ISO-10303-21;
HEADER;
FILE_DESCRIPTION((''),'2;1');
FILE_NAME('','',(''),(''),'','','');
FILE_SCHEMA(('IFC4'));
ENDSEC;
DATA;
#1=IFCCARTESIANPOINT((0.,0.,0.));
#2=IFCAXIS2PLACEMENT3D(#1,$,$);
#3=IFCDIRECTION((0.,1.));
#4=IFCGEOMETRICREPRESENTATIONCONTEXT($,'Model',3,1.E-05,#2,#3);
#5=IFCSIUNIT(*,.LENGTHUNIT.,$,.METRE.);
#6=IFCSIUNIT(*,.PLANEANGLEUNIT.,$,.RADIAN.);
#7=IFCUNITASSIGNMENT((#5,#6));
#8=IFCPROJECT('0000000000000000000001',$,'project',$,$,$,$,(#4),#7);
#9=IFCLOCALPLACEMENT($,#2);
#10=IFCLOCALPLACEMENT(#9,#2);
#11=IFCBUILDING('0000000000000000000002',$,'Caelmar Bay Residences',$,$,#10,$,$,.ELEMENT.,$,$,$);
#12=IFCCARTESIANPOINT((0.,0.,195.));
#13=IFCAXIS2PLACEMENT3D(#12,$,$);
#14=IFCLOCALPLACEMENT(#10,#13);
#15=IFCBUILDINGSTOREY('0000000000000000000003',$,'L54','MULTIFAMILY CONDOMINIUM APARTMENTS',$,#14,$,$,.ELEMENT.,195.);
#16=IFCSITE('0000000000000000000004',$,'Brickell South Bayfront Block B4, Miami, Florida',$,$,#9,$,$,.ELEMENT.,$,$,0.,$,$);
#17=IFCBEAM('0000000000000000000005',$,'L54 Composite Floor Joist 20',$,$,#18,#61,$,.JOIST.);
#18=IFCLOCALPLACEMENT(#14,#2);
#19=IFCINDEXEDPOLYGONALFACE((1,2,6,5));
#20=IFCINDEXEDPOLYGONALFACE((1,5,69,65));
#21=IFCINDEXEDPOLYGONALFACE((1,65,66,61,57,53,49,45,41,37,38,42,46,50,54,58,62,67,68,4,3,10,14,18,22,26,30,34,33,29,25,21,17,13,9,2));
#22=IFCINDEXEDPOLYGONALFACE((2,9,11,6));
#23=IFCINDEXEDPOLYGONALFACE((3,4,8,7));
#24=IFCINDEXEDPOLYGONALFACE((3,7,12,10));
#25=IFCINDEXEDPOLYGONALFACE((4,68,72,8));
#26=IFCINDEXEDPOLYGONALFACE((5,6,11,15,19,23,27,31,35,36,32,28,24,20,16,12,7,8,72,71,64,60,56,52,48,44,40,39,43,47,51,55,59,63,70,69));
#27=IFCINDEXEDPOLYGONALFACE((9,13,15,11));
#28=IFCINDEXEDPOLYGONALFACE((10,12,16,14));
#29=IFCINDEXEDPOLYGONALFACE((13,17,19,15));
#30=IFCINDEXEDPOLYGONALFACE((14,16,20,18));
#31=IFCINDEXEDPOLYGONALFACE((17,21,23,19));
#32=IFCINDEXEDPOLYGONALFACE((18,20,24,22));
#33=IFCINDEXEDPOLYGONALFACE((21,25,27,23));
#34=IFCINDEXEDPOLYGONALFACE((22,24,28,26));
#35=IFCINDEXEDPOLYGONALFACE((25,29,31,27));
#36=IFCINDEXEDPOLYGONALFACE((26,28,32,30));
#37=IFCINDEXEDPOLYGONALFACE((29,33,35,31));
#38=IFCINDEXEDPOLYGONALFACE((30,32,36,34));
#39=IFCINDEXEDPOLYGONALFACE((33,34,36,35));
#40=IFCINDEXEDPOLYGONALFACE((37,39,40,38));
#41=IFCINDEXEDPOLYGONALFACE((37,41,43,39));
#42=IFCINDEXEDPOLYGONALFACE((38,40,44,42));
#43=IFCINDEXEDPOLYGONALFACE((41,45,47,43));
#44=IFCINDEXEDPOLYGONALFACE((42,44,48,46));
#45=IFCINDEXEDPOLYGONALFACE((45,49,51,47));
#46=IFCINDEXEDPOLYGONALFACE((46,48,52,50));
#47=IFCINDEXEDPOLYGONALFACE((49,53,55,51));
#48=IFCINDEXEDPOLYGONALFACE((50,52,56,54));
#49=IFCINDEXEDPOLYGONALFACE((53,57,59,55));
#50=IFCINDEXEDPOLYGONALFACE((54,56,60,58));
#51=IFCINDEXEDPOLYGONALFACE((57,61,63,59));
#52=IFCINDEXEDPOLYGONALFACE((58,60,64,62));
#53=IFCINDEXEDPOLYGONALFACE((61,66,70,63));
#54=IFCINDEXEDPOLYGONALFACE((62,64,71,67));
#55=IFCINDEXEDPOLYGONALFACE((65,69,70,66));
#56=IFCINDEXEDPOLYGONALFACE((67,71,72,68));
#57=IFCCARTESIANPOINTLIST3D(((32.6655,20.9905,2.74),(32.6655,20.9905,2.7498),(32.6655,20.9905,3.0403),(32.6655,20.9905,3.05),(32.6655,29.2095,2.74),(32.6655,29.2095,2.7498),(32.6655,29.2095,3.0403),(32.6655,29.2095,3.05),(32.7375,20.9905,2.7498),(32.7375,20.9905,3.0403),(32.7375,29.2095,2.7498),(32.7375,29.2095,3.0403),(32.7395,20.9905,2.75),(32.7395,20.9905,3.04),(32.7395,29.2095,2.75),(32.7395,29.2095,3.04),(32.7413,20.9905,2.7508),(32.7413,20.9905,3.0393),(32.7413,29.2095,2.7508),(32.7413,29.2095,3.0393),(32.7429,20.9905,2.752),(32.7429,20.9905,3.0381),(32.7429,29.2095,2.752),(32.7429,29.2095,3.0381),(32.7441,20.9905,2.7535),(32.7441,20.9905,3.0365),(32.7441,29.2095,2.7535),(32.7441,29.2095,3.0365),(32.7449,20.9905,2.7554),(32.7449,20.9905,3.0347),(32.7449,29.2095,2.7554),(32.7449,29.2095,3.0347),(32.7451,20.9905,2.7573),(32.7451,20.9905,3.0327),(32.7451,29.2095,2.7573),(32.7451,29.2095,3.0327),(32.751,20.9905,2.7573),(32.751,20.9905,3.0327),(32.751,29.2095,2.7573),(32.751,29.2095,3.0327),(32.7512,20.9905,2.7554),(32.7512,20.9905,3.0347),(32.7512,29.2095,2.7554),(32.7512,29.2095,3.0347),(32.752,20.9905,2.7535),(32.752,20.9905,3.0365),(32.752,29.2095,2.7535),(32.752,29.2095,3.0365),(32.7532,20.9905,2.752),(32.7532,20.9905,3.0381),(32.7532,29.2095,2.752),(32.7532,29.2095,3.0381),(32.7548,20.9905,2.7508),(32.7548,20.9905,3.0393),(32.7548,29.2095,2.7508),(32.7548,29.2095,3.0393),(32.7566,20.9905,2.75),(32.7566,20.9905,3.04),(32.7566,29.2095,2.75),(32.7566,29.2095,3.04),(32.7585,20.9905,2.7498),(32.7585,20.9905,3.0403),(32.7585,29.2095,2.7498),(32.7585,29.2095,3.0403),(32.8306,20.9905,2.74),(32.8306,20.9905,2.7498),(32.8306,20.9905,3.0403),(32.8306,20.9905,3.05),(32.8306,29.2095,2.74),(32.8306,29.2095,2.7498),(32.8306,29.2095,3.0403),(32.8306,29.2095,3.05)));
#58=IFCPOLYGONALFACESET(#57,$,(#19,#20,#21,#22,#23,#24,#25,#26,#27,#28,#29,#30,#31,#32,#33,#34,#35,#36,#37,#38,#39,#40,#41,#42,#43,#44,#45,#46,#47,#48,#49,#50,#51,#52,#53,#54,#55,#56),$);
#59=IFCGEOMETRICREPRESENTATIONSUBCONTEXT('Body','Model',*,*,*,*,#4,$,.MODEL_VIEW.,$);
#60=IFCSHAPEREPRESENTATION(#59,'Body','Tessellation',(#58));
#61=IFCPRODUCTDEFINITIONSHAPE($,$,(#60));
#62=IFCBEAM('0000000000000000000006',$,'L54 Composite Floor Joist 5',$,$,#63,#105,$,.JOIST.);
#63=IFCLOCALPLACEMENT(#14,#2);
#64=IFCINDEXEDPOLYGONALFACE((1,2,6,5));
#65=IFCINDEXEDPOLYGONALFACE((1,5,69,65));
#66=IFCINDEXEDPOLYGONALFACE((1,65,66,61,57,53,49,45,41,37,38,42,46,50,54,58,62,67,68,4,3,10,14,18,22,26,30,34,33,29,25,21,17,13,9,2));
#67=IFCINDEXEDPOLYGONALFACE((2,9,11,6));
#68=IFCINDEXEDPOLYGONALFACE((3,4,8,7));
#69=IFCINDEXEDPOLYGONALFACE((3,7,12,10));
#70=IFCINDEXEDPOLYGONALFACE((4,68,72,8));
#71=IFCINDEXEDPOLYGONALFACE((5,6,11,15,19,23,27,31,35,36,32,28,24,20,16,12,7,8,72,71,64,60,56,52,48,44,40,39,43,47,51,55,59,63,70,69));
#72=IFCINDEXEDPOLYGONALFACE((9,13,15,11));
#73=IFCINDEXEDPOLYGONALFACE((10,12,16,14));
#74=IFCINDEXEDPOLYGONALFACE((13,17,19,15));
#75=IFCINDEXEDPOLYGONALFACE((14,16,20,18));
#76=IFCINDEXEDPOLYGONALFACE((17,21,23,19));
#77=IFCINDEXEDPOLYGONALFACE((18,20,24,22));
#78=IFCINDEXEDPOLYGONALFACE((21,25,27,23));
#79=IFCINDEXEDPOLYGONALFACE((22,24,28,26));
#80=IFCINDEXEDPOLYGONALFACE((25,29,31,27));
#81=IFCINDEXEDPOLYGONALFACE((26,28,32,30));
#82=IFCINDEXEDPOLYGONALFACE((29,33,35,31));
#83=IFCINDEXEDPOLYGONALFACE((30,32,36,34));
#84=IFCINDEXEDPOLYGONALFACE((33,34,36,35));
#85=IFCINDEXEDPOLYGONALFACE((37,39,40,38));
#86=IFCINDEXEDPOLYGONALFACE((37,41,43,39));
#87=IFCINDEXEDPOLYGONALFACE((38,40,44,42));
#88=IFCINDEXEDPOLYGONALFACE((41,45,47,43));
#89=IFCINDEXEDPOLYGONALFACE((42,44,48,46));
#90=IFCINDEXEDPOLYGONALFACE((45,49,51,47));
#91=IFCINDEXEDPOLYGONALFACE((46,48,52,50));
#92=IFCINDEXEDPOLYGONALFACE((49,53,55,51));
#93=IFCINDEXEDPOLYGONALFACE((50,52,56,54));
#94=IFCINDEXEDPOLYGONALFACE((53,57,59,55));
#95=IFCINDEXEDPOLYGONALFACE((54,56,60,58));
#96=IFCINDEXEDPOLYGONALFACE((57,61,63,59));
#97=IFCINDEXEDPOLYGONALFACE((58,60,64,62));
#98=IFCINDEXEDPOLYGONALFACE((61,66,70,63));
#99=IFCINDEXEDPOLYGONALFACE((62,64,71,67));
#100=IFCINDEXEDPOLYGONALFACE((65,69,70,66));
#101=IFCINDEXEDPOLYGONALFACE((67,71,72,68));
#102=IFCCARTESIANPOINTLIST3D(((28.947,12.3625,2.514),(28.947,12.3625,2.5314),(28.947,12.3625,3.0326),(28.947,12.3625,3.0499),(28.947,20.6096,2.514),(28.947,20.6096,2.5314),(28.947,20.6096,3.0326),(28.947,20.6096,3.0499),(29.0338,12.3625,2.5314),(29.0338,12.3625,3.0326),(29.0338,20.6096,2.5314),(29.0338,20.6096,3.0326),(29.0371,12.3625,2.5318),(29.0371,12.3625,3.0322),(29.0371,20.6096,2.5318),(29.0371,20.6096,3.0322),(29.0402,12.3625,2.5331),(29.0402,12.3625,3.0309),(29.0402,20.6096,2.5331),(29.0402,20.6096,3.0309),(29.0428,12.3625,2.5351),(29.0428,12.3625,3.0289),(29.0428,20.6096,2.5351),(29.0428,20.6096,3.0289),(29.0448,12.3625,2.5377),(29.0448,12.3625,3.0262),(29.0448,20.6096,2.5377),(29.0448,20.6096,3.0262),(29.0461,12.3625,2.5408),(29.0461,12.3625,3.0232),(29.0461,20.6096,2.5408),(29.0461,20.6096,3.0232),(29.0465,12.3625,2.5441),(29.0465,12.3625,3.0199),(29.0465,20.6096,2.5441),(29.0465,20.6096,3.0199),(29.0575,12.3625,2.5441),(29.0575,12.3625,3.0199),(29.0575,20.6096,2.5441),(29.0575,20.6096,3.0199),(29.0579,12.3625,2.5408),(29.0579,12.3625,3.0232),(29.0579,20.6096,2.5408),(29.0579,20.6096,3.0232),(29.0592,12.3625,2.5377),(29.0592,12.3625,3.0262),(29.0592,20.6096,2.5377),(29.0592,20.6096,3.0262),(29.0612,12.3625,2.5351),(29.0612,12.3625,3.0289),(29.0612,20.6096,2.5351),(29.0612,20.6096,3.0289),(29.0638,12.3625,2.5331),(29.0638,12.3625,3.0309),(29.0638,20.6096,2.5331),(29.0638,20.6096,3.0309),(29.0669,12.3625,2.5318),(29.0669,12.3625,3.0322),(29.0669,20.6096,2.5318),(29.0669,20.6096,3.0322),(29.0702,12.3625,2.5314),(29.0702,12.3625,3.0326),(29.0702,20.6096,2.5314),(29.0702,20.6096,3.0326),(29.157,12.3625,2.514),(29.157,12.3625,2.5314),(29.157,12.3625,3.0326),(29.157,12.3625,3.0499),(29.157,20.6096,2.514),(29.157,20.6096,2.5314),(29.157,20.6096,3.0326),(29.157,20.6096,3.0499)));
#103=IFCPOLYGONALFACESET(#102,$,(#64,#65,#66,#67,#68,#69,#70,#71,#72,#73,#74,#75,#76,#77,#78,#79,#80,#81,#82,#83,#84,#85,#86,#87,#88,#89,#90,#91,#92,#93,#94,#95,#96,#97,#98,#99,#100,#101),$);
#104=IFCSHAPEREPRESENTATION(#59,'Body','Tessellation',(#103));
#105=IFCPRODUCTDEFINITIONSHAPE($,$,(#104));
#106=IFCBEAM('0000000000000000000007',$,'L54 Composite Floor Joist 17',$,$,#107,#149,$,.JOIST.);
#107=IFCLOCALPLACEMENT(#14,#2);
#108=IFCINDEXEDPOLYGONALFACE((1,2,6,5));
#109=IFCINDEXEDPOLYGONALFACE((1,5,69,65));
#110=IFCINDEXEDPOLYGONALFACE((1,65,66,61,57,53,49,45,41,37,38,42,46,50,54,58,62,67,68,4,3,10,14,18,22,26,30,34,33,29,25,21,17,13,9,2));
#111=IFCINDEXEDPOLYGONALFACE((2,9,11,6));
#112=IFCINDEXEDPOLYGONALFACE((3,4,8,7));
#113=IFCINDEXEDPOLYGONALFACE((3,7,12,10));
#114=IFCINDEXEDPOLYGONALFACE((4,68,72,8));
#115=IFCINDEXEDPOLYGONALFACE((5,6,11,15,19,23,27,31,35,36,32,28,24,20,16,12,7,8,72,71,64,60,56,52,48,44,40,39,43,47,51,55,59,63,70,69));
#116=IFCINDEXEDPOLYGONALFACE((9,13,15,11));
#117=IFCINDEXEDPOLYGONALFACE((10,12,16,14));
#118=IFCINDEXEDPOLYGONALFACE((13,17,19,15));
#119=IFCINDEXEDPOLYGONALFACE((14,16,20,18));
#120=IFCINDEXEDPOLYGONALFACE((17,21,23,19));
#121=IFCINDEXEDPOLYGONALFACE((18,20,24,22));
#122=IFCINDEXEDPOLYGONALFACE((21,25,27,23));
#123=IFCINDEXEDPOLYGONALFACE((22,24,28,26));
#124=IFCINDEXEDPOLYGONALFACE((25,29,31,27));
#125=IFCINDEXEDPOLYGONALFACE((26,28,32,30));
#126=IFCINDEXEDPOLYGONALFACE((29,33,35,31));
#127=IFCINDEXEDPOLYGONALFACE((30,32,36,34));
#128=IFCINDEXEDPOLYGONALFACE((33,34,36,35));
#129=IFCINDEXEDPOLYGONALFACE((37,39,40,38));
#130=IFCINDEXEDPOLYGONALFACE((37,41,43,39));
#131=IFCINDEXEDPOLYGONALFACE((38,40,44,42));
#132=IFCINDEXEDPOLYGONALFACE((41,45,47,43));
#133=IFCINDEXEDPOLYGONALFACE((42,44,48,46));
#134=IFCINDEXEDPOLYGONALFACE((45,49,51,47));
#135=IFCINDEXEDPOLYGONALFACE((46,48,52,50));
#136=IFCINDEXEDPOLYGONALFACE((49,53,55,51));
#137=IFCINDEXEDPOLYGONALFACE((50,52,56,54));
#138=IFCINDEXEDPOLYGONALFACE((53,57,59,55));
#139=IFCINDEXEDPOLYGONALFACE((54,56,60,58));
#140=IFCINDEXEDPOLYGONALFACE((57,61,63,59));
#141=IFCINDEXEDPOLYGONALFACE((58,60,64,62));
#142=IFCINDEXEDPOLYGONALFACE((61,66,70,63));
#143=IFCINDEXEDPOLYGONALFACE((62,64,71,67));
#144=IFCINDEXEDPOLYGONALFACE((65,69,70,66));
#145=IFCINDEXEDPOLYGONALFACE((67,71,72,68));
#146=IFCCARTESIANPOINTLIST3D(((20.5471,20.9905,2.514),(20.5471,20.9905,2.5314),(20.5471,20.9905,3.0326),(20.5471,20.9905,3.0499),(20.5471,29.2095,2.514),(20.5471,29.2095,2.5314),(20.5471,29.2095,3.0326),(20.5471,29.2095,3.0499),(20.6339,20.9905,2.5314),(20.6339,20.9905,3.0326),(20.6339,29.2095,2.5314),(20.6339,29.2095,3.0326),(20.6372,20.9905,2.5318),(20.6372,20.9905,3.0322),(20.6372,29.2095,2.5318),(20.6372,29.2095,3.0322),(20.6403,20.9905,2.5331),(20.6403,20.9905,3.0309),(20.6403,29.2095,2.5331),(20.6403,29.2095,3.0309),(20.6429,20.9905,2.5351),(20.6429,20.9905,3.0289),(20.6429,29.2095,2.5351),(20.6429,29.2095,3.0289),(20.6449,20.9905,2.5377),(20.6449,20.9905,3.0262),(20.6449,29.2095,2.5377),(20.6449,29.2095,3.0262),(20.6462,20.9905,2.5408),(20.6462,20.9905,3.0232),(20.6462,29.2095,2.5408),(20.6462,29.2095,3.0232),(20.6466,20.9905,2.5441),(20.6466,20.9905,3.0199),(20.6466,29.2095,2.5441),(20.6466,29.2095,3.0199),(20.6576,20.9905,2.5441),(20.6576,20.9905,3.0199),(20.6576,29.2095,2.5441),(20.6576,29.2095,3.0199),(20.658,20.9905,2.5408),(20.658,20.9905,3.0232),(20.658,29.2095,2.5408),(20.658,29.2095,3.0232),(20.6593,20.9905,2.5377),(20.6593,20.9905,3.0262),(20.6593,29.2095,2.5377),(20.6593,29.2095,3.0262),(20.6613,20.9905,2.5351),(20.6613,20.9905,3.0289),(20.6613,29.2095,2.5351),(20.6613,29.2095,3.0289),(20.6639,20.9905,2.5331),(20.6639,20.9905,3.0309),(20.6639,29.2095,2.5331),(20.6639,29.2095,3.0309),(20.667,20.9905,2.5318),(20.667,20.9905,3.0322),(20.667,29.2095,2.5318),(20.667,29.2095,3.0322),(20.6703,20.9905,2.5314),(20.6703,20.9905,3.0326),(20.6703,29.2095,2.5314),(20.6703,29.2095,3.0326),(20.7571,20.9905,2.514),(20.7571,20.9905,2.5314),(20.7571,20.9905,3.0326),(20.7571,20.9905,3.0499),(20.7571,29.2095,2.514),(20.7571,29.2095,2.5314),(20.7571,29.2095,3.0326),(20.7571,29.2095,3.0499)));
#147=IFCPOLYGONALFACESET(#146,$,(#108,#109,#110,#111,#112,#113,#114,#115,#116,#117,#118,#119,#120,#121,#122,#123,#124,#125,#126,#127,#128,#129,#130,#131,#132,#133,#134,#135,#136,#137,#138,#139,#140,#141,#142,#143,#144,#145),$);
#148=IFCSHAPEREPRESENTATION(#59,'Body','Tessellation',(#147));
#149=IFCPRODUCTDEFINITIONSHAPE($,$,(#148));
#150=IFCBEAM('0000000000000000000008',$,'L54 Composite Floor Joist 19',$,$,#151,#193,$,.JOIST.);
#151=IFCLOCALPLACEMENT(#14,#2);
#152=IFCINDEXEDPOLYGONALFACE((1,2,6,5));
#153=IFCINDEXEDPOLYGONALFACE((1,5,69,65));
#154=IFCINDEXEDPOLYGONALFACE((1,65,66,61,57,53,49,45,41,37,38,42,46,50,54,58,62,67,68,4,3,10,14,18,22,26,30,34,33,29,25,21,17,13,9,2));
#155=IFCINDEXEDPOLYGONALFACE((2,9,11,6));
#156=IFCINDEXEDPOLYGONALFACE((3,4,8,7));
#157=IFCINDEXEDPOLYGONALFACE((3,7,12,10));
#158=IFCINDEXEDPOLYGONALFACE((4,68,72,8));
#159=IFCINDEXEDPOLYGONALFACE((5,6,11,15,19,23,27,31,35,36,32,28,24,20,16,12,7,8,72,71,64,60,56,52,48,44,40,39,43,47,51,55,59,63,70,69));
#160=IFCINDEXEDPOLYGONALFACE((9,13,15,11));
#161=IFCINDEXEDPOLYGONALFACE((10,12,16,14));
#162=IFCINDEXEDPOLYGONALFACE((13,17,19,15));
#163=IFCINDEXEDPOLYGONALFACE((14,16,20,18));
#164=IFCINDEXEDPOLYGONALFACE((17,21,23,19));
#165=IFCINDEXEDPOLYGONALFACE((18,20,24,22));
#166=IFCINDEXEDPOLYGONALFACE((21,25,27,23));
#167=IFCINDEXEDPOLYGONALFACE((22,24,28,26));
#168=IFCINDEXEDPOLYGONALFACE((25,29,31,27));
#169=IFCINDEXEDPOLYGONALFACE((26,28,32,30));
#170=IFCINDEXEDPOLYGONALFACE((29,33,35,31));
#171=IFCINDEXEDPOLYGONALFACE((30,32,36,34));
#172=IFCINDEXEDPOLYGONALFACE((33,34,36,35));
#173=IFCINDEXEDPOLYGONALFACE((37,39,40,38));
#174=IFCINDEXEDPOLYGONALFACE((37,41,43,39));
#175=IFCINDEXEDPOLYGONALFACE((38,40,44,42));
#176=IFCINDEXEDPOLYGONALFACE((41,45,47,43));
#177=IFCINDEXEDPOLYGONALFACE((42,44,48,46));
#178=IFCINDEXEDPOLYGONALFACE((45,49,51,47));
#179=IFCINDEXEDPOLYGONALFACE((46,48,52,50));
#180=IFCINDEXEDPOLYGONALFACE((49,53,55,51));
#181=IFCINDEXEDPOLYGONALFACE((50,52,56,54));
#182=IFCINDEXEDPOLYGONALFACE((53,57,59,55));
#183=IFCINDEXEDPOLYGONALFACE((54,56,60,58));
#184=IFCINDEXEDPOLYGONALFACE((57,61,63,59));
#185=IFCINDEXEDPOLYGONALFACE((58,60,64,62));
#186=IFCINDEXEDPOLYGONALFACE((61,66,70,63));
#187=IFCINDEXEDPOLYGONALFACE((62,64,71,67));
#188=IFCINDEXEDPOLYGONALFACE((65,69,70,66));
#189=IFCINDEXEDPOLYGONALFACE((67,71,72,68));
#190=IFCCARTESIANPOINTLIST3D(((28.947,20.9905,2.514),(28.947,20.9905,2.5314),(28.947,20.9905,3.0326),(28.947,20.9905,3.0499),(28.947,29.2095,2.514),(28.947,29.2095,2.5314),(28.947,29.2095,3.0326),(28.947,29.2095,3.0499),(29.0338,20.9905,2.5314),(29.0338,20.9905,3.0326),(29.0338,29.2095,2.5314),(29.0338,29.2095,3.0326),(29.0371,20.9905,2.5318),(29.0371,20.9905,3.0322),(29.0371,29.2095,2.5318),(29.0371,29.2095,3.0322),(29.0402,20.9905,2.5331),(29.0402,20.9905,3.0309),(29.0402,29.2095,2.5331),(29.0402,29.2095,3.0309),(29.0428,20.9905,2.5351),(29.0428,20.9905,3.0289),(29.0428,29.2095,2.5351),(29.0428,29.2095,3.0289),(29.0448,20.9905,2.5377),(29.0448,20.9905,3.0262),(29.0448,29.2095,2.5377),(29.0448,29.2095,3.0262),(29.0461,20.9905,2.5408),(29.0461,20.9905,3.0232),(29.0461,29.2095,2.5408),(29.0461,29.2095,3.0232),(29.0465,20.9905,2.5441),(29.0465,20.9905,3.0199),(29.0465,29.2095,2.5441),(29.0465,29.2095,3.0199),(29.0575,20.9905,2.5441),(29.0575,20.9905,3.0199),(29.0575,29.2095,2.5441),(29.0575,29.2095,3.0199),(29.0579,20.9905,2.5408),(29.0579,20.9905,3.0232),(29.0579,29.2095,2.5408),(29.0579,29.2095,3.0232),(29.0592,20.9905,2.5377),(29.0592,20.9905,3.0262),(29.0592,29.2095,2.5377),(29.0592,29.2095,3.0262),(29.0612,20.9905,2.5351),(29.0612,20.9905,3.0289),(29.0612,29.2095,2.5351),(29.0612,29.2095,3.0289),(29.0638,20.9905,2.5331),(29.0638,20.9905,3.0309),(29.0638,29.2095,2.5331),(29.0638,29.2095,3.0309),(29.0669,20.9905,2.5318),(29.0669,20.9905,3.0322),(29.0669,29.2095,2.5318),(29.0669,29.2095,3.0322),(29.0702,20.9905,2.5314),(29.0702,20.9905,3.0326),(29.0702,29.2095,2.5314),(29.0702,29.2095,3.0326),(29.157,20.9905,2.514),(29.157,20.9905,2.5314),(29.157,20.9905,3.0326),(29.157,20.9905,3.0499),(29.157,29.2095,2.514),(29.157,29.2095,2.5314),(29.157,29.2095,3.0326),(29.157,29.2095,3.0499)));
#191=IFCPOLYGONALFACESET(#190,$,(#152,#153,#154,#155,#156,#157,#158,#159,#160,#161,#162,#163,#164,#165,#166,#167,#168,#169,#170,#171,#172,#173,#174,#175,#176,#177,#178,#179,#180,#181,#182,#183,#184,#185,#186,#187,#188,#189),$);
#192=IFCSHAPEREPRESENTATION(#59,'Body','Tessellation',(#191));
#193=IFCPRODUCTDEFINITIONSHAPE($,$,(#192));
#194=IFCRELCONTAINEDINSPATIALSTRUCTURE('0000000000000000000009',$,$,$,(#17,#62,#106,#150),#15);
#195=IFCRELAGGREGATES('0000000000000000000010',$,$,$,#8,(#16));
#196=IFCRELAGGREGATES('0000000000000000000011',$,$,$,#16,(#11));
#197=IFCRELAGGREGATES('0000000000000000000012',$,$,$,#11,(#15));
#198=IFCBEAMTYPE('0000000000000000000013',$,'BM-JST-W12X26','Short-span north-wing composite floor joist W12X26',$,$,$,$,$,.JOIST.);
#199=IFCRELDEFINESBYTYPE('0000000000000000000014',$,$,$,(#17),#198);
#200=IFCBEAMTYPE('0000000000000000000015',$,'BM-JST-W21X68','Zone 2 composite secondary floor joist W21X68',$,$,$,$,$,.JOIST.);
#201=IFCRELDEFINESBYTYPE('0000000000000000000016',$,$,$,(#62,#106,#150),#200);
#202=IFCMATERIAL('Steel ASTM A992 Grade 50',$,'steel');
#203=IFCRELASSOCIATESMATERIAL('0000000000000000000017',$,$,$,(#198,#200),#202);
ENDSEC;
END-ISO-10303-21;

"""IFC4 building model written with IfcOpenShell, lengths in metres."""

from ifc_helpers import new_model, si_unit, direction, frame, origin, origin_2d, place, context, subcontext, project, spatial, i_section, extrude, material, material_profile, profile_set, type_object, element, save


model = new_model("IFC4")

# Units and contexts
model_context = context("Model", 3, precision=1e-05, world=origin(), true_north=direction((0.0, 1.0)))
body_context = subcontext(model_context, "Body", "Model", "MODEL_VIEW")
ifc_project = project(units=[si_unit("LENGTHUNIT", "METRE"), si_unit("PLANEANGLEUNIT", "RADIAN")], contexts=[model_context])

# Site, building, storey
site_placement = place(None, origin())
site = spatial("IfcSite", under=ifc_project, at=site_placement, Name="Brickell South Bayfront Block B4, Miami, Florida", CompositionType="ELEMENT", RefElevation=0.0)
building_placement = place(site_placement, origin())
building = spatial("IfcBuilding", under=site, at=building_placement, Name="Caelmar Bay Residences", CompositionType="ELEMENT")
storey_placement = place(building_placement, frame((0.0, 0.0, 195.0)))
storey = spatial("IfcBuildingStorey", under=building, at=storey_placement, Name="L54", Description="MULTIFAMILY CONDOMINIUM APARTMENTS", CompositionType="ELEMENT", Elevation=195.0)

# Beams
ifc_material_1 = material(Name="Steel ASTM A992 Grade 50", Category="steel")
ifc_material_profile_1 = material_profile(ifc_material_1, i_section(OverallWidth=0.165, OverallDepth=0.3101, WebThickness=0.0059, FlangeThickness=0.0098, FilletRadius=0.0076, at=origin_2d()), Name="W12X26")
ifc_profile_set_1 = profile_set([ifc_material_profile_1], Name="Steel ASTM A992 Grade 50")
beam_type_1 = type_object("IfcBeamType", Name="BM-JST-W12X26", Description="Short-span north-wing composite floor joist W12X26", PredefinedType="JOIST", material=ifc_profile_set_1)
for number, where, z_axis, x_axis, name in (
    (1, (32.748, 20.9905, 2.895), (0.0, 1.0, 0.0), (-1.0, 0.0, 0.0), "L54 Composite Floor Joist 20"),
):
    element("IfcBeam", number, at=place(storey_placement, frame(where, z_axis=z_axis, x_axis=x_axis)), inside=storey, type_object=beam_type_1, Name=name, PredefinedType="JOIST", context=body_context, shape_type="SweptSolid", body=[
        extrude(i_section(OverallWidth=0.165, OverallDepth=0.3101, WebThickness=0.0059, FlangeThickness=0.0098, FilletRadius=0.0076, at=origin_2d()), origin(), (0.0, 0.0, 1.0), 8.219),
    ])
ifc_material_profile_2 = material_profile(ifc_material_1, i_section(OverallWidth=0.21, OverallDepth=0.5359, WebThickness=0.011, FlangeThickness=0.0173, FilletRadius=0.0127, at=origin_2d()), Name="W21X68")
ifc_profile_set_2 = profile_set([ifc_material_profile_2], Name="Steel ASTM A992 Grade 50")
beam_type_2 = type_object("IfcBeamType", Name="BM-JST-W21X68", Description="Zone 2 composite secondary floor joist W21X68", PredefinedType="JOIST", material=ifc_profile_set_2)
beam_1_placement = place(storey_placement, frame((29.052, 12.3625, 2.782), z_axis=(0.0, 1.0, 0.0), x_axis=(-1.0, 0.0, 0.0)))
element("IfcBeam", 2, at=beam_1_placement, inside=storey, type_object=beam_type_2, Name="L54 Composite Floor Joist 5", PredefinedType="JOIST", context=body_context, shape_type="SweptSolid", body=[
    extrude(i_section(OverallWidth=0.21, OverallDepth=0.5359, WebThickness=0.011, FlangeThickness=0.0173, FilletRadius=0.0127, at=origin_2d()), origin(), (0.0, 0.0, 1.0), 8.2471),
])
for number, where, z_axis, x_axis, name in (
    (3, (20.6521, 20.9905, 2.782), (0.0, 1.0, 0.0), (-1.0, 0.0, 0.0), "L54 Composite Floor Joist 17"),
    (4, (29.052, 20.9905, 2.782), (0.0, 1.0, 0.0), (-1.0, 0.0, 0.0), "L54 Composite Floor Joist 19"),
):
    element("IfcBeam", number, at=place(storey_placement, frame(where, z_axis=z_axis, x_axis=x_axis)), inside=storey, type_object=beam_type_2, Name=name, PredefinedType="JOIST", context=body_context, shape_type="SweptSolid", body=[
        extrude(i_section(OverallWidth=0.21, OverallDepth=0.5359, WebThickness=0.011, FlangeThickness=0.0173, FilletRadius=0.0127, at=origin_2d()), origin(), (0.0, 0.0, 1.0), 8.219),
    ])

save(model, "model.ifc")
